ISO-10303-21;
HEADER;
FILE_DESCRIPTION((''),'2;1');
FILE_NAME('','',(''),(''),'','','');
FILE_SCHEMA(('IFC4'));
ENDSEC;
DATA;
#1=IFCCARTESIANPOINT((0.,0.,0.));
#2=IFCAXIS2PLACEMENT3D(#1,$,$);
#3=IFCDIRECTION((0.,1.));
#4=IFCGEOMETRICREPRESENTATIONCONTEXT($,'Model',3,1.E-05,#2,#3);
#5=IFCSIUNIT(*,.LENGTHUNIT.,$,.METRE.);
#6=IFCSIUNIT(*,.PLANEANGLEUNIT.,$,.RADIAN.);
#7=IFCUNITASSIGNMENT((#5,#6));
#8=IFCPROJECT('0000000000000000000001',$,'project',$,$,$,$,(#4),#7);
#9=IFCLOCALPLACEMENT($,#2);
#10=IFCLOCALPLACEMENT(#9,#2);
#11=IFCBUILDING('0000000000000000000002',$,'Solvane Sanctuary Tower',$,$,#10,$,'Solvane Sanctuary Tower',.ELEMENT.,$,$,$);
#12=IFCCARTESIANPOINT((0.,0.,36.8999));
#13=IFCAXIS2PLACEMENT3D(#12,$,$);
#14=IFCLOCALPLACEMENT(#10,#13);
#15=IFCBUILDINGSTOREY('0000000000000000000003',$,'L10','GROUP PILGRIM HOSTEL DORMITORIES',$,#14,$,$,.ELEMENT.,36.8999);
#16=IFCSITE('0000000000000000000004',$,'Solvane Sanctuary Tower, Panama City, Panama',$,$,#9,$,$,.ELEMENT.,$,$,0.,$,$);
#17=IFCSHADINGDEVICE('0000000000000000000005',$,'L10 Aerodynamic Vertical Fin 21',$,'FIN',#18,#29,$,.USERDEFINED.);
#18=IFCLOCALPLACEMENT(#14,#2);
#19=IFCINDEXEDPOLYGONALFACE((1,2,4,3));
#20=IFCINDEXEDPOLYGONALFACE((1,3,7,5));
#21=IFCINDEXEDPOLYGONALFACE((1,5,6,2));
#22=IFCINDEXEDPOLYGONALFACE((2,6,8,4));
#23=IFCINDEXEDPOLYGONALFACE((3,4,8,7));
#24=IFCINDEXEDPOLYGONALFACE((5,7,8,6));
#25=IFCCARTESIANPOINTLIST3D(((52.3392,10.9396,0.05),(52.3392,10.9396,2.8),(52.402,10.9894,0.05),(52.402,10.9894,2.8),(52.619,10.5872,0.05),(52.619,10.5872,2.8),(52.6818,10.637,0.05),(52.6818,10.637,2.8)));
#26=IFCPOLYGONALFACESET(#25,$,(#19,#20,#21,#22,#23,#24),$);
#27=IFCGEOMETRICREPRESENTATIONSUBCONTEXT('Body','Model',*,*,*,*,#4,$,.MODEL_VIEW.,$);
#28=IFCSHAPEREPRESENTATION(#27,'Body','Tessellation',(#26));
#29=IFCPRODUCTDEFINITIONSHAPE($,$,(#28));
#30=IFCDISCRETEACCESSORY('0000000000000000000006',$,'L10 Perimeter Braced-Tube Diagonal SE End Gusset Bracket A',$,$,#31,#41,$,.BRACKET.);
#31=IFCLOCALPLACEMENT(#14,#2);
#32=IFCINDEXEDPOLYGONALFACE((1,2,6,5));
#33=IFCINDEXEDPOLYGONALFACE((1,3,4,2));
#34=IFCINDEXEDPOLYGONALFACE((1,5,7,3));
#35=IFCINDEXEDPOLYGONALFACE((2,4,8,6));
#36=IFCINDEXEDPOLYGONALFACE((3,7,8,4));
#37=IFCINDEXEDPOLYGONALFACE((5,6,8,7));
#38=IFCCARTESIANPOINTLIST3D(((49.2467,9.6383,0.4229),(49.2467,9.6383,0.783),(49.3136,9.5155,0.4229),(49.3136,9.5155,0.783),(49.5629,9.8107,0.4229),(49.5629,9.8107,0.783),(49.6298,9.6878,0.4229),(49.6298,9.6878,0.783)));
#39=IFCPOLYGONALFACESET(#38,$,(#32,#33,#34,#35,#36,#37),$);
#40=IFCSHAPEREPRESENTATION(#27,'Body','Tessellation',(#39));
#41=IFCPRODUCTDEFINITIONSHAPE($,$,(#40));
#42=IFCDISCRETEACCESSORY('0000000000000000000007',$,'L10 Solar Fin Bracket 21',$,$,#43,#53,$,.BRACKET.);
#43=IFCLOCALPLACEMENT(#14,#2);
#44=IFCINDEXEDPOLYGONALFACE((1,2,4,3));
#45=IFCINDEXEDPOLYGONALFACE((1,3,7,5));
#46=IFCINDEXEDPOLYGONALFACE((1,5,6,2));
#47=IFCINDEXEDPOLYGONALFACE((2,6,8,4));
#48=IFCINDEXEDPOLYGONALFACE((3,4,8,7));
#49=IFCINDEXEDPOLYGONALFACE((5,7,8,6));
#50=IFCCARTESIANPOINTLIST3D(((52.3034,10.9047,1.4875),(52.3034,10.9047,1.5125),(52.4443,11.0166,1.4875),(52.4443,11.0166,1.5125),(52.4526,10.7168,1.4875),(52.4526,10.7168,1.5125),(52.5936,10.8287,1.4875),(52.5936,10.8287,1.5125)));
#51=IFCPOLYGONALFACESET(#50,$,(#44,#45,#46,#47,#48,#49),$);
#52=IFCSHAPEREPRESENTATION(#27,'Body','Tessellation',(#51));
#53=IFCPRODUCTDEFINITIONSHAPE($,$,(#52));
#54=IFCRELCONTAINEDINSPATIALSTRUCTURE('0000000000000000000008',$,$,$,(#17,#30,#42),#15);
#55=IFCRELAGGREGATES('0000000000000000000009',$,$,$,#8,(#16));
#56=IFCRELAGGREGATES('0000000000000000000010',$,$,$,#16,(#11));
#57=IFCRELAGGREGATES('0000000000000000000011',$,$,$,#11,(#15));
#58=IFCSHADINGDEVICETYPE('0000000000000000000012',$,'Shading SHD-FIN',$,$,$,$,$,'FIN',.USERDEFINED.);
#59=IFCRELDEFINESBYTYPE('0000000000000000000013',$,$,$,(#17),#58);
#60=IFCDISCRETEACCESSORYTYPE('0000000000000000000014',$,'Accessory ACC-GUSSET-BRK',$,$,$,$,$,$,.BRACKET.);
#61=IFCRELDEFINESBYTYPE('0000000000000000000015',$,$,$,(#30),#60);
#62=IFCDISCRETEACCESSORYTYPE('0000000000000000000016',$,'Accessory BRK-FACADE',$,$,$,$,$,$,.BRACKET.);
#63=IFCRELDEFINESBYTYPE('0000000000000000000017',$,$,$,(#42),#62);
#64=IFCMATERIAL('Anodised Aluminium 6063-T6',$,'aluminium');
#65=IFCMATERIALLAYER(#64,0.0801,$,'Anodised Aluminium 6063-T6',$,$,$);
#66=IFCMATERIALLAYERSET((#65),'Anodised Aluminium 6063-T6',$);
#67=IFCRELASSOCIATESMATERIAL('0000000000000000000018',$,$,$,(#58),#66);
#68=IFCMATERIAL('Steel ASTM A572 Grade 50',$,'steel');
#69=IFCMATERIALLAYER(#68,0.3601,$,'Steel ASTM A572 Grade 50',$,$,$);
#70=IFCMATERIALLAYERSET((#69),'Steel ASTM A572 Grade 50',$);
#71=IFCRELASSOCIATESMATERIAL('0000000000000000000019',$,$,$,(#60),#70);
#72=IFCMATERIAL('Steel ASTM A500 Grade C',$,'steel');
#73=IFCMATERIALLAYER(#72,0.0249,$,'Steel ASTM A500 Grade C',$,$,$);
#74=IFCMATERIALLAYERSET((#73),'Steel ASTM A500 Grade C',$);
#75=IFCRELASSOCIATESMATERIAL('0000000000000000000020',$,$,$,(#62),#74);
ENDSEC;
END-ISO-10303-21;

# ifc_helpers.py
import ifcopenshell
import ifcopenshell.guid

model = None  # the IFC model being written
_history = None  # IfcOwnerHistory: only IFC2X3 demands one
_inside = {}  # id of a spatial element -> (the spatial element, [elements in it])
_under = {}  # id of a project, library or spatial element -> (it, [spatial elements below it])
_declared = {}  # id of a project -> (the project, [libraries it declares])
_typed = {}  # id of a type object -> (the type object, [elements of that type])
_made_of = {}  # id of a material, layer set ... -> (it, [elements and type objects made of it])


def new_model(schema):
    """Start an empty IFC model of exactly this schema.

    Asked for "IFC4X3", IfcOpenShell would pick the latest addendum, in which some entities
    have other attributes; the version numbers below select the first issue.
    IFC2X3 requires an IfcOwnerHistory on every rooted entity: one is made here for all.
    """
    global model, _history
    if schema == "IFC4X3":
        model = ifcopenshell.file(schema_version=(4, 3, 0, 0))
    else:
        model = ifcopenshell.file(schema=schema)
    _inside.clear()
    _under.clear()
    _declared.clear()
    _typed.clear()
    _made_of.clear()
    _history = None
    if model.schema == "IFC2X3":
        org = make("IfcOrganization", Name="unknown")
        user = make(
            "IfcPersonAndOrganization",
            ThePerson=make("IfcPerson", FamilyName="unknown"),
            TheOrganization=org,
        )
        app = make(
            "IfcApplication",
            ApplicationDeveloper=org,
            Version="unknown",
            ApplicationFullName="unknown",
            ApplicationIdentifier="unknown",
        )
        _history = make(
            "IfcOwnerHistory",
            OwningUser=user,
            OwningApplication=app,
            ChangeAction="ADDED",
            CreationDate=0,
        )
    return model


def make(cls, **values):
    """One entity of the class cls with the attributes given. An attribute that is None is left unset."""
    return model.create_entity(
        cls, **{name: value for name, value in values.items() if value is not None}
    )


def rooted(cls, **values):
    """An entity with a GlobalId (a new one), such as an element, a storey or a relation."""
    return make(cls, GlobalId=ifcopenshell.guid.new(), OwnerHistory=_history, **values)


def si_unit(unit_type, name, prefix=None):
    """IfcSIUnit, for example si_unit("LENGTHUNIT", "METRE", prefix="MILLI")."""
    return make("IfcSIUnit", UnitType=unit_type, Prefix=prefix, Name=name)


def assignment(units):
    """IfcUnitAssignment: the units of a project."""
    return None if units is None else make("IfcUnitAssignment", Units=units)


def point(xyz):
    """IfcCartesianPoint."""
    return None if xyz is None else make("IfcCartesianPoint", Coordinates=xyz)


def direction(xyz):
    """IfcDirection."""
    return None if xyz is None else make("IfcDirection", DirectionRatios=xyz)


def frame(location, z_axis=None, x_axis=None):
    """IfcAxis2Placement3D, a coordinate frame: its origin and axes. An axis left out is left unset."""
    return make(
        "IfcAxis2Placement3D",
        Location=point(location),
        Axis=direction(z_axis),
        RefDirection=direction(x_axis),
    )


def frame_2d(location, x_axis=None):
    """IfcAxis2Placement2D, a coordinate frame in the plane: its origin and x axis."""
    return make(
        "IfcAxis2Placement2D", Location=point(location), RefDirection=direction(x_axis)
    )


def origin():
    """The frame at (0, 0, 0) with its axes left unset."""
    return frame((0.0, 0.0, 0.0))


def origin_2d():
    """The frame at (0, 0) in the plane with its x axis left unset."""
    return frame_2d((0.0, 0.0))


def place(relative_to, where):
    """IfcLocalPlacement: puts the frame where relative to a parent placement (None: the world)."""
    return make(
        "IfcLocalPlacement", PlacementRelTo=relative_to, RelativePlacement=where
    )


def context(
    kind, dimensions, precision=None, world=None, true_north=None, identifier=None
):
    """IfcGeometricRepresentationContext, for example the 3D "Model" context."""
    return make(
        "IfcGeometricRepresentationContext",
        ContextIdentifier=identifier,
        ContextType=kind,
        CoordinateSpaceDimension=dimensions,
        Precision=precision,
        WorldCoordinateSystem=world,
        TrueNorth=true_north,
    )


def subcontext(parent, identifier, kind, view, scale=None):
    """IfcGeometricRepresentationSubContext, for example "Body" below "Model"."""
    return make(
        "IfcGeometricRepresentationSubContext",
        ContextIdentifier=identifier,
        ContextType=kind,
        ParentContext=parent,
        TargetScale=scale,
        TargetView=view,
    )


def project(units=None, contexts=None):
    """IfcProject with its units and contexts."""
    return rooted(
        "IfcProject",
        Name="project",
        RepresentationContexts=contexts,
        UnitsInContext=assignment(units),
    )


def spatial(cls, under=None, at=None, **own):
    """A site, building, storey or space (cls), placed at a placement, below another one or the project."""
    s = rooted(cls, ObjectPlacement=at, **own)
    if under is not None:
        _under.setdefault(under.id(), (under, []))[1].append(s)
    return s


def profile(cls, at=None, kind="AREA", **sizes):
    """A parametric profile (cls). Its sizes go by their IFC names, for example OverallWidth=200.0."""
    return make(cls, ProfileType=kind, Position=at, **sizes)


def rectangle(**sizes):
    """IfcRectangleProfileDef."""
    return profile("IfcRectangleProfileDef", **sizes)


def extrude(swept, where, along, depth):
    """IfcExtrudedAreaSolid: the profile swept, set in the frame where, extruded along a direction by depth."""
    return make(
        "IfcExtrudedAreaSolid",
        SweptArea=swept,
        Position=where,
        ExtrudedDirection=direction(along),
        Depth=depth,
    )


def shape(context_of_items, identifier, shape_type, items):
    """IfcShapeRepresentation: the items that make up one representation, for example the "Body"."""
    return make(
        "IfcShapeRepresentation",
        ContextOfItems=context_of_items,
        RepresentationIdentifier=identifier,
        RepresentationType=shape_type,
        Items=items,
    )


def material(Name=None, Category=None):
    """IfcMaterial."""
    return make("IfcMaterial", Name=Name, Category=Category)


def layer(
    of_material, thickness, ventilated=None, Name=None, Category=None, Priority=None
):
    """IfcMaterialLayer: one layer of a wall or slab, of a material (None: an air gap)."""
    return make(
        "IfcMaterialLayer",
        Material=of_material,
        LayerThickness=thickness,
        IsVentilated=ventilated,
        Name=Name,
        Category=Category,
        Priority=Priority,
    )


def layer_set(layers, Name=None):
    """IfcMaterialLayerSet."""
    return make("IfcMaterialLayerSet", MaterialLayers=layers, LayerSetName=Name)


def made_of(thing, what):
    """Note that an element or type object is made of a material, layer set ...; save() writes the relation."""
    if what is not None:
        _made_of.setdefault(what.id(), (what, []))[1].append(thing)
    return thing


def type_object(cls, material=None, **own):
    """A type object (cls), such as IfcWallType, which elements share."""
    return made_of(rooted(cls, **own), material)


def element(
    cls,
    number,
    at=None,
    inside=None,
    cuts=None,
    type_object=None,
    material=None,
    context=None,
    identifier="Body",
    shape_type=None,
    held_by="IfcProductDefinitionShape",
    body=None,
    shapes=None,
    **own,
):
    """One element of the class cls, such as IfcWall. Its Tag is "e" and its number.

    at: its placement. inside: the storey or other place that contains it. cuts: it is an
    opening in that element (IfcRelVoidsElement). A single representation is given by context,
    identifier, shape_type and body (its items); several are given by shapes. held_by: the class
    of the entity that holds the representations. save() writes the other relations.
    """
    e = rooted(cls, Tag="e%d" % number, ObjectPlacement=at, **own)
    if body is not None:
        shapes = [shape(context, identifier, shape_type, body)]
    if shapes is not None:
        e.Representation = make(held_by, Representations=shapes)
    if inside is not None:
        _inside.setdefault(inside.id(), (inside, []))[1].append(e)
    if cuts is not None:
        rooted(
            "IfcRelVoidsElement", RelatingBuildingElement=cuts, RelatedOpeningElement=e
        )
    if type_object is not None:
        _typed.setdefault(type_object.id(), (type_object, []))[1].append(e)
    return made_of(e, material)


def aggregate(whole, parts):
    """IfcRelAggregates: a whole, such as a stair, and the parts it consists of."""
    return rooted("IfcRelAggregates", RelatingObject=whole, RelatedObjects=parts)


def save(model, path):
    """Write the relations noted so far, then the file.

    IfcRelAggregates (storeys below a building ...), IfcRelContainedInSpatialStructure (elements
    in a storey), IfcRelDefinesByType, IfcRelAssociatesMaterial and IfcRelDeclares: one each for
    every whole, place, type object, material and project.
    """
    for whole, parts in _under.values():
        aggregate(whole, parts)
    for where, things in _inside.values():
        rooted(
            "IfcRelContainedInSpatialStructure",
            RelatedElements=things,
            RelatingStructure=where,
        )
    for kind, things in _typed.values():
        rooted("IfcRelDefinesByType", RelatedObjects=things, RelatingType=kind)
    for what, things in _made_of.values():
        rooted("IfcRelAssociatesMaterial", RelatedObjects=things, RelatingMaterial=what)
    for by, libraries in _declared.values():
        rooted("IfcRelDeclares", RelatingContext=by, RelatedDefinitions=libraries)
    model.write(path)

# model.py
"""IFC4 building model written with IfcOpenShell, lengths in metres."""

from ifc_helpers import new_model, si_unit, direction, frame, origin, origin_2d, place, context, subcontext, project, spatial, rectangle, extrude, material, layer, layer_set, type_object, element, save


model = new_model("IFC4")

# Units and contexts
model_context = context("Model", 3, precision=1e-05, world=origin(), true_north=direction((0.0, 1.0)))
body_context = subcontext(model_context, "Body", "Model", "MODEL_VIEW")
ifc_project = project(units=[si_unit("LENGTHUNIT", "METRE"), si_unit("PLANEANGLEUNIT", "RADIAN")], contexts=[model_context])

# Site, building, storey
site_placement = place(None, origin())
site = spatial("IfcSite", under=ifc_project, at=site_placement, Name="Solvane Sanctuary Tower, Panama City, Panama", CompositionType="ELEMENT", RefElevation=0.0)
building_placement = place(site_placement, origin())
building = spatial("IfcBuilding", under=site, at=building_placement, Name="Solvane Sanctuary Tower", LongName="Solvane Sanctuary Tower", CompositionType="ELEMENT")
storey_placement = place(building_placement, frame((0.0, 0.0, 36.8999)))
storey = spatial("IfcBuildingStorey", under=building, at=storey_placement, Name="L10", Description="GROUP PILGRIM HOSTEL DORMITORIES", CompositionType="ELEMENT", Elevation=36.8999)

# Shared definitions
ifc_material_1 = material(Name="Anodised Aluminium 6063-T6", Category="aluminium")

# Shading device
ifc_layer_1 = layer(ifc_material_1, 0.0801, Name="Anodised Aluminium 6063-T6")
ifc_layer_set_1 = layer_set([ifc_layer_1], Name="Anodised Aluminium 6063-T6")
shading_device_type = type_object("IfcShadingDeviceType", Name="Shading SHD-FIN", ElementType="FIN", PredefinedType="USERDEFINED", material=ifc_layer_set_1)
shading_device_placement = place(storey_placement, frame((52.5105, 10.7883, 0.05), z_axis=(0.0, 0.0, 1.0), x_axis=(0.783136, 0.621851, 0.0)))
element("IfcShadingDevice", 1, at=shading_device_placement, inside=storey, type_object=shading_device_type, Name="L10 Aerodynamic Vertical Fin 21", ObjectType="FIN", PredefinedType="USERDEFINED", context=body_context, shape_type="SweptSolid", body=[
    extrude(rectangle(XDim=0.0801, YDim=0.45, at=origin_2d()), origin(), (0.0, 0.0, 1.0), 2.75),
])

# Discrete accessories
ifc_material_2 = material(Name="Steel ASTM A572 Grade 50", Category="steel")
ifc_layer_2 = layer(ifc_material_2, 0.3601, Name="Steel ASTM A572 Grade 50")
ifc_layer_set_2 = layer_set([ifc_layer_2], Name="Steel ASTM A572 Grade 50")
discrete_accessory_type_1 = type_object("IfcDiscreteAccessoryType", Name="Accessory ACC-GUSSET-BRK", PredefinedType="BRACKET", material=ifc_layer_set_2)
discrete_accessory_1_placement = place(storey_placement, frame((49.4382, 9.6631, 0.4229), z_axis=(0.0, 0.0, 1.0), x_axis=(-0.878067, -0.478539, 0.0)))
element("IfcDiscreteAccessory", 2, at=discrete_accessory_1_placement, inside=storey, type_object=discrete_accessory_type_1, Name="L10 Perimeter Braced-Tube Diagonal SE End Gusset Bracket A", PredefinedType="BRACKET", context=body_context, shape_type="SweptSolid", body=[
    extrude(rectangle(XDim=0.3601, YDim=0.1399, at=origin_2d()), origin(), (0.0, 0.0, 1.0), 0.3601),
])
ifc_material_3 = material(Name="Steel ASTM A500 Grade C", Category="steel")
ifc_layer_3 = layer(ifc_material_3, 0.0249, Name="Steel ASTM A500 Grade C")
ifc_layer_set_3 = layer_set([ifc_layer_3], Name="Steel ASTM A500 Grade C")
discrete_accessory_type_2 = type_object("IfcDiscreteAccessoryType", Name="Accessory BRK-FACADE", PredefinedType="BRACKET", material=ifc_layer_set_3)
discrete_accessory_2_placement = place(storey_placement, frame((52.4485, 10.8667, 1.4875), z_axis=(0.0, 0.0, 1.0), x_axis=(0.783136, 0.621851, 0.0)))
element("IfcDiscreteAccessory", 3, at=discrete_accessory_2_placement, inside=storey, type_object=discrete_accessory_type_2, Name="L10 Solar Fin Bracket 21", PredefinedType="BRACKET", context=body_context, shape_type="SweptSolid", body=[
    extrude(rectangle(XDim=0.1799, YDim=0.24, at=origin_2d()), origin(), (0.0, 0.0, 1.0), 0.0249),
])

save(model, "model.ifc")
